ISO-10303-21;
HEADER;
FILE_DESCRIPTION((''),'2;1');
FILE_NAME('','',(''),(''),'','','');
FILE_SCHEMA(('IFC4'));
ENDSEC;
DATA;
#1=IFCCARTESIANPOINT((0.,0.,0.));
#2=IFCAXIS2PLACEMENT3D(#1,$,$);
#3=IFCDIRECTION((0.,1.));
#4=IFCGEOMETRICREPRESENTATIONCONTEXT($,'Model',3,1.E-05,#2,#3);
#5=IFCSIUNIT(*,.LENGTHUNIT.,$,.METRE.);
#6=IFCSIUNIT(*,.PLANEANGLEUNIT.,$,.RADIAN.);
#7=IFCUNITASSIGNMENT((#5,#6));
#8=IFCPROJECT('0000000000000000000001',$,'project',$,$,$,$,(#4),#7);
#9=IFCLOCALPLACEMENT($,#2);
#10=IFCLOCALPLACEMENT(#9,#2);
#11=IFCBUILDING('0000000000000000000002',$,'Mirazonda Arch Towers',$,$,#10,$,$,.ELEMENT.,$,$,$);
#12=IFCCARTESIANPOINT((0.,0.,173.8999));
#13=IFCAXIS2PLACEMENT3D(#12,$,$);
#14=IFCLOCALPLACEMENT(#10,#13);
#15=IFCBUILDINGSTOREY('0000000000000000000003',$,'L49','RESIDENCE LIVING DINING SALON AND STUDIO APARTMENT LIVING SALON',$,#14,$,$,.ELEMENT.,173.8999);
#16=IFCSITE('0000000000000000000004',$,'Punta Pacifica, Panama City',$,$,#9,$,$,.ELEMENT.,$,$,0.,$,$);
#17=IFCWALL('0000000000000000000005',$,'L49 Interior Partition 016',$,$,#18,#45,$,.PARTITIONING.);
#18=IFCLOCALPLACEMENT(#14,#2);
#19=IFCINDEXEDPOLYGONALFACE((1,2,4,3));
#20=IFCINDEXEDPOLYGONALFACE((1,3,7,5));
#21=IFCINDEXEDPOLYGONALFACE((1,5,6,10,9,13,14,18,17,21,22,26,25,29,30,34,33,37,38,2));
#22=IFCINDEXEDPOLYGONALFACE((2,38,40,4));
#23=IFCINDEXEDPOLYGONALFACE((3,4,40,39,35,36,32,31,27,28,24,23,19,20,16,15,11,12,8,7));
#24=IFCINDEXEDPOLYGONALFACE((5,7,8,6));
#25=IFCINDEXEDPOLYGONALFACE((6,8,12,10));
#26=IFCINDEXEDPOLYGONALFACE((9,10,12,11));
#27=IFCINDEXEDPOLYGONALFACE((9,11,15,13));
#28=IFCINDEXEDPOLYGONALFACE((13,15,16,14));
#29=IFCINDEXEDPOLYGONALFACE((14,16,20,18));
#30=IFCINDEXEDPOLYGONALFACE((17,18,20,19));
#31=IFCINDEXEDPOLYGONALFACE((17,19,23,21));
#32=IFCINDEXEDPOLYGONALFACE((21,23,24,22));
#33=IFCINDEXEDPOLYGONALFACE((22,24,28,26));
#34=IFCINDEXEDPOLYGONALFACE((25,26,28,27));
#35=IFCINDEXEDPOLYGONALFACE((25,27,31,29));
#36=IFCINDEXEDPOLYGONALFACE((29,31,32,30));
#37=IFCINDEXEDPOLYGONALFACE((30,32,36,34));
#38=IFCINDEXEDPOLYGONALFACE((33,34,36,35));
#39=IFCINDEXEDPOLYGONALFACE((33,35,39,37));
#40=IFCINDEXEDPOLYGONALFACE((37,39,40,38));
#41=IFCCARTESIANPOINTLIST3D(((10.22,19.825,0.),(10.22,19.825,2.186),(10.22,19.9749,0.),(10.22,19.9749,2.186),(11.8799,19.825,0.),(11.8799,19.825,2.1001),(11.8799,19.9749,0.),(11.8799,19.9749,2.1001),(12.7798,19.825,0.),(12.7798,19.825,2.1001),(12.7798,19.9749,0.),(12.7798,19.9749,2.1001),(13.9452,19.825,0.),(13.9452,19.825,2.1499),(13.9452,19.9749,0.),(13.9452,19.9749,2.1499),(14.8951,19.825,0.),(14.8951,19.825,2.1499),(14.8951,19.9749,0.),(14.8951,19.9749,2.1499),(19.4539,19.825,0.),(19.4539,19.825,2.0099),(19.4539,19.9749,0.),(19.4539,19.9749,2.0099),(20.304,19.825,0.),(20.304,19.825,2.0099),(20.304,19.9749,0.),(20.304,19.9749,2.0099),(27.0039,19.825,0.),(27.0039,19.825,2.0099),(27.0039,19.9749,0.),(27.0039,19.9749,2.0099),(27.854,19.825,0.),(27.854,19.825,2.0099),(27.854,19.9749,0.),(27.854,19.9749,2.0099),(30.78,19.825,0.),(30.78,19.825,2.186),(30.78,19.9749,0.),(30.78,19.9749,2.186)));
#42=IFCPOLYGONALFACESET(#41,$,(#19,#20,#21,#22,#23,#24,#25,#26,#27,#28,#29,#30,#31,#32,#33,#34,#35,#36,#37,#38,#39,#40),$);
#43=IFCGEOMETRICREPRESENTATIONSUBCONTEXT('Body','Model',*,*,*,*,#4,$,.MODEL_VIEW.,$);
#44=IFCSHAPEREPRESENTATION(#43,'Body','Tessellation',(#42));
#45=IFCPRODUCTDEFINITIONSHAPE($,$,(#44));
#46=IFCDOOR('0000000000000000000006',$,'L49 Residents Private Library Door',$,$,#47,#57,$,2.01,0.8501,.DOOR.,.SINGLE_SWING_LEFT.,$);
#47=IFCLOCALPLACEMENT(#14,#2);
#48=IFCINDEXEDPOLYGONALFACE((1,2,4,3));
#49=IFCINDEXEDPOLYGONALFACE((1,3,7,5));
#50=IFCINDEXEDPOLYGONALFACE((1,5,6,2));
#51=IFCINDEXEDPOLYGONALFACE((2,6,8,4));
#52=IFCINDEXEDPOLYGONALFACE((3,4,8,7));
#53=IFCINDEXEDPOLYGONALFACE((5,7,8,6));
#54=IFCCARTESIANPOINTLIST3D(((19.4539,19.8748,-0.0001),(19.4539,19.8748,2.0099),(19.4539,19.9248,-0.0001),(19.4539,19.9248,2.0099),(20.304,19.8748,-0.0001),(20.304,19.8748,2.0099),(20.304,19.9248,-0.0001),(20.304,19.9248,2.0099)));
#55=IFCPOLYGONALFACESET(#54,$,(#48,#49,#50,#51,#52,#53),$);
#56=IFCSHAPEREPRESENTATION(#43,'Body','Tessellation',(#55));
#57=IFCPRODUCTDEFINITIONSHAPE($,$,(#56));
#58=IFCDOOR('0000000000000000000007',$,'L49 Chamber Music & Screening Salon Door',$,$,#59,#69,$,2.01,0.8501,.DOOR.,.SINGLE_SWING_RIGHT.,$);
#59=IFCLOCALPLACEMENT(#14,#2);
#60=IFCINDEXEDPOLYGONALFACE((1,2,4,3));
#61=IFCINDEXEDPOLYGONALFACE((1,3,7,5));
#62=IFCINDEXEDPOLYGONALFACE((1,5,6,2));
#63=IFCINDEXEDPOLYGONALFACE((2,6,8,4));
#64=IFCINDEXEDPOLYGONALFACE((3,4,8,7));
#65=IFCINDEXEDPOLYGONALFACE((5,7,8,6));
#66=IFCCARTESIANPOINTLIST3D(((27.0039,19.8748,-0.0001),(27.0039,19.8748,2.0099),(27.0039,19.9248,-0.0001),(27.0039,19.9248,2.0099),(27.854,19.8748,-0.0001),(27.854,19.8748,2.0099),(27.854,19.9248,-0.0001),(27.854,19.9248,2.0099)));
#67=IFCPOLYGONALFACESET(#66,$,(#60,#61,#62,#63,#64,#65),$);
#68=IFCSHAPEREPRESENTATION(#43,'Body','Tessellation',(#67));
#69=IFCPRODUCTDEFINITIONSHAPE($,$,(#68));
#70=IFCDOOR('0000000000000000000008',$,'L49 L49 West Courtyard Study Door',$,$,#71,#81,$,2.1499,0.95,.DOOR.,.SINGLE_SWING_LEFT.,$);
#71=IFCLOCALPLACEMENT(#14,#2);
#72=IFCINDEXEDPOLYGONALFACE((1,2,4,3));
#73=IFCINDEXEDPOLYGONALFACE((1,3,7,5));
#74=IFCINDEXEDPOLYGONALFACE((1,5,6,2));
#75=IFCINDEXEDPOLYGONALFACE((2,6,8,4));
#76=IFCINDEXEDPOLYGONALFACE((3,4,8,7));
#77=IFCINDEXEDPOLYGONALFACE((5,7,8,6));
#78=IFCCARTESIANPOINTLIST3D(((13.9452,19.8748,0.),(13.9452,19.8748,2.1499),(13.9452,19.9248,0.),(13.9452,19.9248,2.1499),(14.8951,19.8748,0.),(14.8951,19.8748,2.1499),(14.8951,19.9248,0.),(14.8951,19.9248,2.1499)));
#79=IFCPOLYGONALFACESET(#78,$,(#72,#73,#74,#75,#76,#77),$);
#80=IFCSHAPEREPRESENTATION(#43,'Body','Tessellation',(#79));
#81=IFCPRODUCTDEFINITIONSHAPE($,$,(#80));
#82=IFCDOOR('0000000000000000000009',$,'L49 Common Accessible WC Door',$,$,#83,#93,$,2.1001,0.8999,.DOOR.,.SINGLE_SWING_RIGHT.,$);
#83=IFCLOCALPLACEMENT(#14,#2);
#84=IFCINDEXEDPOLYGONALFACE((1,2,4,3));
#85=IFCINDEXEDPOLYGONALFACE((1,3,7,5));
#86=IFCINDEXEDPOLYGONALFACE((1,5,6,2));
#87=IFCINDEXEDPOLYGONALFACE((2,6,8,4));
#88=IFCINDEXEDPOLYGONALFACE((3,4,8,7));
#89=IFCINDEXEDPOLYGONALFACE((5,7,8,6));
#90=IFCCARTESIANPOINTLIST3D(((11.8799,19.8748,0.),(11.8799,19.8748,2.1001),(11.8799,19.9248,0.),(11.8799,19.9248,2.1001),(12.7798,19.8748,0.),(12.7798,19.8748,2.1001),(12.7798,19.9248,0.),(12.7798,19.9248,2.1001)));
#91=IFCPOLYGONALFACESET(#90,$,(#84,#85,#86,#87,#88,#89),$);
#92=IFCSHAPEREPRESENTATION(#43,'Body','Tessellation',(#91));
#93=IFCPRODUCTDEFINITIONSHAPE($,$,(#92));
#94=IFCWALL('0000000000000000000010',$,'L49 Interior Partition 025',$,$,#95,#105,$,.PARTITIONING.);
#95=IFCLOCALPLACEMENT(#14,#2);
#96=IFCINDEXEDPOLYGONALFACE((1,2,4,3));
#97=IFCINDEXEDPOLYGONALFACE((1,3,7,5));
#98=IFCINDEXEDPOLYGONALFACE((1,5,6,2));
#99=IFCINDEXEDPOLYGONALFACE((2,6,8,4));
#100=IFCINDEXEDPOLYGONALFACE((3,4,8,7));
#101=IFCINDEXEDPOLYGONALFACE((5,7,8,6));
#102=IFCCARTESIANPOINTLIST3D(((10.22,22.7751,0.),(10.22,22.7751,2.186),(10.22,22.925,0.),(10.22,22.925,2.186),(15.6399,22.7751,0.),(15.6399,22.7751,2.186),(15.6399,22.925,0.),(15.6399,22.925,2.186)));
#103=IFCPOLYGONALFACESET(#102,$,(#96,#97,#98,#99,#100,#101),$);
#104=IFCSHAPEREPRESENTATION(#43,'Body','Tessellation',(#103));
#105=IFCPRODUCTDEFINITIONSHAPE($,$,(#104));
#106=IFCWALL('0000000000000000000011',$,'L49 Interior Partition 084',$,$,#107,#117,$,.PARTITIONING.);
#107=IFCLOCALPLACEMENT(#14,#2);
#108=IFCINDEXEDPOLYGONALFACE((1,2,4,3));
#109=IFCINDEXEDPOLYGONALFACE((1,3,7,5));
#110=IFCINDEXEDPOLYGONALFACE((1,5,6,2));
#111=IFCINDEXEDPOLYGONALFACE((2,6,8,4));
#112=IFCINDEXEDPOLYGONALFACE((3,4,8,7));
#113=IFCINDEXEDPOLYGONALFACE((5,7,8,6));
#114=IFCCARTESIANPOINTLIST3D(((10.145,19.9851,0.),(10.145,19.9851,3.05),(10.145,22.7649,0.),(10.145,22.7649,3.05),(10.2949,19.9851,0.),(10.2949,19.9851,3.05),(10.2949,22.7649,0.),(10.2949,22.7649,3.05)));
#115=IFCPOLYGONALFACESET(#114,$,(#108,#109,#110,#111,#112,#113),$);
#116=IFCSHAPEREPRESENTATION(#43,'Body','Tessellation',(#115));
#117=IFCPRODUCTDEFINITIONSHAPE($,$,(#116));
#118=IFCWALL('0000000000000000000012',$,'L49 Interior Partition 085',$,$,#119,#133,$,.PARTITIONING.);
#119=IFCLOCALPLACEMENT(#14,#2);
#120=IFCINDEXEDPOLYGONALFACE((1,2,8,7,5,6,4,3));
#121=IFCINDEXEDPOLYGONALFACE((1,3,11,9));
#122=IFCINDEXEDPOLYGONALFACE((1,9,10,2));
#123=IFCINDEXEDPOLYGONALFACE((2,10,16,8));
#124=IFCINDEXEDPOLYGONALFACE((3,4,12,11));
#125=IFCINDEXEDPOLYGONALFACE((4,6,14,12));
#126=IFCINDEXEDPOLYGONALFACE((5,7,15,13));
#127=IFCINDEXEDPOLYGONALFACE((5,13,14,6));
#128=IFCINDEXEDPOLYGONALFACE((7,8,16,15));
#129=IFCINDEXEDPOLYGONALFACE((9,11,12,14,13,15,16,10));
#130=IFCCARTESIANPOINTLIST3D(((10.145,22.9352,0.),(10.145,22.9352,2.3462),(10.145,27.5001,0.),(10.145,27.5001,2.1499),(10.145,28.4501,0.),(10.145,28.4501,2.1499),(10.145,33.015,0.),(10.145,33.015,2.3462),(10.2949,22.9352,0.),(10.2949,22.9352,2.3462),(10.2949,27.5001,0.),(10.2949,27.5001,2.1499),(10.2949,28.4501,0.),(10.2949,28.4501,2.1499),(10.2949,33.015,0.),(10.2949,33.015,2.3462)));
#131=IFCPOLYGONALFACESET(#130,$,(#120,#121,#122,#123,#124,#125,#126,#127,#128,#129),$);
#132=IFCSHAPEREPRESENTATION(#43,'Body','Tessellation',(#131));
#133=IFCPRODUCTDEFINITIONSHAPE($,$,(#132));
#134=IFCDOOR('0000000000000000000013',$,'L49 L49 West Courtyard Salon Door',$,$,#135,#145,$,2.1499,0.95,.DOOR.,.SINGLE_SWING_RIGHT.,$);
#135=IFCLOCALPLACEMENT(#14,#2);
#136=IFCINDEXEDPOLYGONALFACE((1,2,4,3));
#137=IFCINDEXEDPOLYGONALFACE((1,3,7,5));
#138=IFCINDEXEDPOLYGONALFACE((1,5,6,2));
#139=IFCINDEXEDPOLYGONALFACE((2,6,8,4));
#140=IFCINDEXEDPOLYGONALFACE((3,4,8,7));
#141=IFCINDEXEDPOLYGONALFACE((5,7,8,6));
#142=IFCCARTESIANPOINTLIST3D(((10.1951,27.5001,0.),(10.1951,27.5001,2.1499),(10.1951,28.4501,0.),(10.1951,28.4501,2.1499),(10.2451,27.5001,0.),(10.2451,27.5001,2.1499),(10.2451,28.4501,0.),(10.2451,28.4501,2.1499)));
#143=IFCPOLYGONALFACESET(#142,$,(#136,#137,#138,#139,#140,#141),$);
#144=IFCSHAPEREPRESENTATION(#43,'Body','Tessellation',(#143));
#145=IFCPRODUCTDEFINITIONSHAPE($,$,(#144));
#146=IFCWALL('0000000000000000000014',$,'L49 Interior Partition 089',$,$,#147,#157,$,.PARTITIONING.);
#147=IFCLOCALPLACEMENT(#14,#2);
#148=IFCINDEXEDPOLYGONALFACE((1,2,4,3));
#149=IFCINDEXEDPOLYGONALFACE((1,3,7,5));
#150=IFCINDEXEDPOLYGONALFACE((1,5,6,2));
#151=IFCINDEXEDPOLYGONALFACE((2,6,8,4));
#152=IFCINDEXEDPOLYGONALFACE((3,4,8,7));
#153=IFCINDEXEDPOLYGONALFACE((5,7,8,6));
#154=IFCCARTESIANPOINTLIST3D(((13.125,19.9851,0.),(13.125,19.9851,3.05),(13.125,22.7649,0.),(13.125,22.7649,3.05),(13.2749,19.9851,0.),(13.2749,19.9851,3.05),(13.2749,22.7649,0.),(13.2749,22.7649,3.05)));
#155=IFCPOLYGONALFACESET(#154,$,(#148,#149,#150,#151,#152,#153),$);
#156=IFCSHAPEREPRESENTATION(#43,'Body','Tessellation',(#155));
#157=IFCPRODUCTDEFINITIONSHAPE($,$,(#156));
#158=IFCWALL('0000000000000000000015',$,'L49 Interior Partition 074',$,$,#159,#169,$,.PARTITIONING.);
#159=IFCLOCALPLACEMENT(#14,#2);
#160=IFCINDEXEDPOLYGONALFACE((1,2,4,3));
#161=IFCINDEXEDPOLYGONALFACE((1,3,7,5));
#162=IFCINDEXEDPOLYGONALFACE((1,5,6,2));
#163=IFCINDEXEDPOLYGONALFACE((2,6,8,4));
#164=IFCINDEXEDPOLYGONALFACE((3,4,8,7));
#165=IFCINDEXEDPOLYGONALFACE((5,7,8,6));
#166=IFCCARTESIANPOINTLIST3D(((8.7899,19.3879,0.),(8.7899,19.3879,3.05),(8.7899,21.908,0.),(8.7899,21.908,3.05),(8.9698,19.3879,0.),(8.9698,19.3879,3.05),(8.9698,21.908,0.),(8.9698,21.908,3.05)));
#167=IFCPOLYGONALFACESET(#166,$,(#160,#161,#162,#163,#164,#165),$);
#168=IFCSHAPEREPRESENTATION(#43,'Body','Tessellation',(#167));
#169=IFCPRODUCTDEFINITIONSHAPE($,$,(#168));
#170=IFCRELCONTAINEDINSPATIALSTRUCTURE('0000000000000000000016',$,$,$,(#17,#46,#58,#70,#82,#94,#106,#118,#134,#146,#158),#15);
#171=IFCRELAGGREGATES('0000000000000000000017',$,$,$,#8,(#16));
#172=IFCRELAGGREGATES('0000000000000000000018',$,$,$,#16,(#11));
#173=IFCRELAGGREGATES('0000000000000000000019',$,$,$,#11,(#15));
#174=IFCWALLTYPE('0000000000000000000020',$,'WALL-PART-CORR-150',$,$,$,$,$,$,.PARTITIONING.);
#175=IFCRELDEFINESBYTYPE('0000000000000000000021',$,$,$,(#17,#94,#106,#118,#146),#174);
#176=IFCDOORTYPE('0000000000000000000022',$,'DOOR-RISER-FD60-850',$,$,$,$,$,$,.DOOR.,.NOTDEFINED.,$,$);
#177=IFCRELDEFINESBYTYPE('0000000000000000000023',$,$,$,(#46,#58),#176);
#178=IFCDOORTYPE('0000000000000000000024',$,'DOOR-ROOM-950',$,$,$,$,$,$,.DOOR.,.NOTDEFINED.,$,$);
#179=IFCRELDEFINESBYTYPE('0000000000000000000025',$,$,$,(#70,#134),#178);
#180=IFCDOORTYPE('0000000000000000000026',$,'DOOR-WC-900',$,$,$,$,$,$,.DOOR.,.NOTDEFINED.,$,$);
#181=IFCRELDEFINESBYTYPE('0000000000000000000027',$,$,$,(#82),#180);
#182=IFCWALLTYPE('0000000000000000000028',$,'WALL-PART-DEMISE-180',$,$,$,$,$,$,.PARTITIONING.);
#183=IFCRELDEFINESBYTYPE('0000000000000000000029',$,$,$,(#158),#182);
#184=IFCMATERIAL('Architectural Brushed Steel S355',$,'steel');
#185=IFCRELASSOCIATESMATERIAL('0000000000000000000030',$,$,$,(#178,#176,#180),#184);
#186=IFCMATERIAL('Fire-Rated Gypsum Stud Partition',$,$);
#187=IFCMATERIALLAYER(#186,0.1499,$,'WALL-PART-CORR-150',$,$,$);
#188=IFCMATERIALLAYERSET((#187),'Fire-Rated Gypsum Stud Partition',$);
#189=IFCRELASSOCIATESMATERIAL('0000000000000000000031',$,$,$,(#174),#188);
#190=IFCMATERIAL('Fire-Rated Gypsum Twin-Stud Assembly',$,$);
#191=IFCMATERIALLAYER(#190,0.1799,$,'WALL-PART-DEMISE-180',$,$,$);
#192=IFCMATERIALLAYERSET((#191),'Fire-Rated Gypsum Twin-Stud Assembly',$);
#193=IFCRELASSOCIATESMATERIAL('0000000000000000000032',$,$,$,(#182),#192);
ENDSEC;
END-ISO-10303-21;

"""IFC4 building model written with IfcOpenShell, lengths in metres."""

from ifc_helpers import new_model, si_unit, direction, frame, frame_2d, origin, place, context, subcontext, project, spatial, rectangle, extrude, material, layer, layer_set, type_object, element, fill, save


model = new_model("IFC4")

# Units and contexts
model_context = context("Model", 3, precision=1e-05, world=origin(), true_north=direction((0.0, 1.0)))
body_context = subcontext(model_context, "Body", "Model", "MODEL_VIEW")
ifc_project = project(units=[si_unit("LENGTHUNIT", "METRE"), si_unit("PLANEANGLEUNIT", "RADIAN")], contexts=[model_context])

# Site, building, storey
site_placement = place(None, origin())
site = spatial("IfcSite", under=ifc_project, at=site_placement, Name="Punta Pacifica, Panama City", CompositionType="ELEMENT", RefElevation=0.0)
building_placement = place(site_placement, origin())
building = spatial("IfcBuilding", under=site, at=building_placement, Name="Mirazonda Arch Towers", CompositionType="ELEMENT")
storey_placement = place(building_placement, frame((0.0, 0.0, 173.8999)))
storey = spatial("IfcBuildingStorey", under=building, at=storey_placement, Name="L49", Description="RESIDENCE LIVING DINING SALON AND STUDIO APARTMENT LIVING SALON", CompositionType="ELEMENT", Elevation=173.8999)

# Shared definitions
ifc_material_1 = material(Name="Architectural Brushed Steel S355", Category="steel")

# Shared definitions
door_type_1 = type_object("IfcDoorType", Name="DOOR-ROOM-950", OperationType="NOTDEFINED", PredefinedType="DOOR", material=ifc_material_1)

# Shared definitions
ifc_material_2 = material(Name="Fire-Rated Gypsum Stud Partition")
ifc_layer_1 = layer(ifc_material_2, 0.1499, Name="WALL-PART-CORR-150")
ifc_layer_set_1 = layer_set([ifc_layer_1], Name="Fire-Rated Gypsum Stud Partition")
wall_type_1 = type_object("IfcWallType", Name="WALL-PART-CORR-150", PredefinedType="PARTITIONING", material=ifc_layer_set_1)

# Wall, openings, doors
wall_1_placement = place(storey_placement, frame((10.22, 19.8999, 0.0), z_axis=(0.0, 0.0, 1.0), x_axis=(1.0, 0.0, 0.0)))
wall_1 = element("IfcWall", 1, at=wall_1_placement, inside=storey, type_object=wall_type_1, Name="L49 Interior Partition 016", PredefinedType="PARTITIONING", context=body_context, shape_type="SweptSolid", body=[
    extrude(rectangle(XDim=20.5601, YDim=0.1499, at=frame_2d((10.28, 0.0))), origin(), (0.0, 0.0, 1.0), 2.186),
])
opening_1_placement = place(wall_1_placement, frame((1.6599, 0.0, 0.0)))
opening_1 = element("IfcOpeningElement", 2, at=opening_1_placement, cuts=wall_1, PredefinedType="OPENING", context=body_context, shape_type="SweptSolid", body=[
    extrude(rectangle(XDim=0.8999, YDim=2.1001, at=frame_2d((0.45, 1.05))), frame((0.0, 0.085, 0.0), z_axis=(0.0, -1.0, 0.0), x_axis=(1.0, 0.0, 0.0)), (0.0, 0.0, 1.0), 0.1699),
])
opening_2_placement = place(wall_1_placement, frame((3.7251, 0.0, 0.0)))
opening_2 = element("IfcOpeningElement", 3, at=opening_2_placement, cuts=wall_1, PredefinedType="OPENING", context=body_context, shape_type="SweptSolid", body=[
    extrude(rectangle(XDim=0.95, YDim=2.1499, at=frame_2d((0.4751, 1.075))), frame((0.0, 0.085, 0.0), z_axis=(0.0, -1.0, 0.0), x_axis=(1.0, 0.0, 0.0)), (0.0, 0.0, 1.0), 0.1699),
])
opening_3_placement = place(wall_1_placement, frame((9.2339, 0.0, 0.0)))
opening_3 = element("IfcOpeningElement", 4, at=opening_3_placement, cuts=wall_1, PredefinedType="OPENING", context=body_context, shape_type="SweptSolid", body=[
    extrude(rectangle(XDim=0.8501, YDim=2.01, at=frame_2d((0.425, 1.0049))), frame((0.0, 0.085, 0.0), z_axis=(0.0, -1.0, 0.0), x_axis=(1.0, 0.0, 0.0)), (0.0, 0.0, 1.0), 0.1699),
])
opening_4_placement = place(wall_1_placement, frame((16.7839, 0.0, 0.0)))
opening_4 = element("IfcOpeningElement", 5, at=opening_4_placement, cuts=wall_1, PredefinedType="OPENING", context=body_context, shape_type="SweptSolid", body=[
    extrude(rectangle(XDim=0.8501, YDim=2.01, at=frame_2d((0.425, 1.0049))), frame((0.0, 0.085, 0.0), z_axis=(0.0, -1.0, 0.0), x_axis=(1.0, 0.0, 0.0)), (0.0, 0.0, 1.0), 0.1699),
])
door_type_2 = type_object("IfcDoorType", Name="DOOR-RISER-FD60-850", OperationType="NOTDEFINED", PredefinedType="DOOR", material=ifc_material_1)
door_1_placement = place(opening_3_placement, origin())
door_1 = element("IfcDoor", 6, at=door_1_placement, inside=storey, type_object=door_type_2, Name="L49 Residents Private Library Door", OperationType="SINGLE_SWING_LEFT", OverallHeight=2.01, OverallWidth=0.8501, PredefinedType="DOOR", context=body_context, shape_type="SweptSolid", body=[
    extrude(rectangle(XDim=0.8501, YDim=2.01, at=frame_2d((0.425, 1.0049))), frame((0.0, 0.0249, 0.0), z_axis=(0.0, -1.0, 0.0), x_axis=(1.0, 0.0, 0.0)), (0.0, 0.0, 1.0), 0.05),
])
fill(opening_3, door_1)
door_2_placement = place(opening_4_placement, origin())
door_2 = element("IfcDoor", 7, at=door_2_placement, inside=storey, type_object=door_type_2, Name="L49 Chamber Music & Screening Salon Door", OperationType="SINGLE_SWING_RIGHT", OverallHeight=2.01, OverallWidth=0.8501, PredefinedType="DOOR", context=body_context, shape_type="SweptSolid", body=[
    extrude(rectangle(XDim=0.8501, YDim=2.01, at=frame_2d((0.425, 1.0049))), frame((0.0, 0.0249, 0.0), z_axis=(0.0, -1.0, 0.0), x_axis=(1.0, 0.0, 0.0)), (0.0, 0.0, 1.0), 0.05),
])
fill(opening_4, door_2)
door_3_placement = place(opening_2_placement, origin())
door_3 = element("IfcDoor", 8, at=door_3_placement, inside=storey, type_object=door_type_1, Name="L49 L49 West Courtyard Study Door", OperationType="SINGLE_SWING_LEFT", OverallHeight=2.1499, OverallWidth=0.95, PredefinedType="DOOR", context=body_context, shape_type="SweptSolid", body=[
    extrude(rectangle(XDim=0.95, YDim=2.1499, at=frame_2d((0.4751, 1.075))), frame((0.0, 0.0249, 0.0), z_axis=(0.0, -1.0, 0.0), x_axis=(1.0, 0.0, 0.0)), (0.0, 0.0, 1.0), 0.05),
])
fill(opening_2, door_3)
door_type_3 = type_object("IfcDoorType", Name="DOOR-WC-900", OperationType="NOTDEFINED", PredefinedType="DOOR", material=ifc_material_1)
door_4_placement = place(opening_1_placement, origin())
door_4 = element("IfcDoor", 9, at=door_4_placement, inside=storey, type_object=door_type_3, Name="L49 Common Accessible WC Door", OperationType="SINGLE_SWING_RIGHT", OverallHeight=2.1001, OverallWidth=0.8999, PredefinedType="DOOR", context=body_context, shape_type="SweptSolid", body=[
    extrude(rectangle(XDim=0.8999, YDim=2.1001, at=frame_2d((0.45, 1.05))), frame((0.0, 0.0249, 0.0), z_axis=(0.0, -1.0, 0.0), x_axis=(1.0, 0.0, 0.0)), (0.0, 0.0, 1.0), 0.05),
])
fill(opening_1, door_4)

# Walls
wall_2_placement = place(storey_placement, frame((10.22, 22.8501, 0.0), z_axis=(0.0, 0.0, 1.0), x_axis=(1.0, 0.0, 0.0)))
element("IfcWall", 10, at=wall_2_placement, inside=storey, type_object=wall_type_1, Name="L49 Interior Partition 025", PredefinedType="PARTITIONING", context=body_context, shape_type="SweptSolid", body=[
    extrude(rectangle(XDim=5.4199, YDim=0.1499, at=frame_2d((2.71, 0.0))), origin(), (0.0, 0.0, 1.0), 2.186),
])
wall_3_placement = place(storey_placement, frame((10.22, 19.9851, 0.0), z_axis=(0.0, 0.0, 1.0), x_axis=(0.0, 1.0, 0.0)))
element("IfcWall", 11, at=wall_3_placement, inside=storey, type_object=wall_type_1, Name="L49 Interior Partition 084", PredefinedType="PARTITIONING", context=body_context, shape_type="SweptSolid", body=[
    extrude(rectangle(XDim=2.7798, YDim=0.1499, at=frame_2d((1.3899, 0.0))), origin(), (0.0, 0.0, 1.0), 3.05),
])

# Wall, opening, door
wall_4_placement = place(storey_placement, frame((10.22, 22.9351, 0.0), z_axis=(0.0, 0.0, 1.0), x_axis=(0.0, 1.0, 0.0)))
wall_4 = element("IfcWall", 12, at=wall_4_placement, inside=storey, type_object=wall_type_1, Name="L49 Interior Partition 085", PredefinedType="PARTITIONING", context=body_context, shape_type="SweptSolid", body=[
    extrude(rectangle(XDim=10.0798, YDim=0.1499, at=frame_2d((5.04, 0.0))), origin(), (0.0, 0.0, 1.0), 2.3462),
])
opening_5_placement = place(wall_4_placement, frame((4.5649, 0.0, 0.0)))
opening_5 = element("IfcOpeningElement", 13, at=opening_5_placement, cuts=wall_4, PredefinedType="OPENING", context=body_context, shape_type="SweptSolid", body=[
    extrude(rectangle(XDim=0.95, YDim=2.1499, at=frame_2d((0.4751, 1.075))), frame((0.0, 0.085, 0.0), z_axis=(0.0, -1.0, 0.0), x_axis=(1.0, 0.0, 0.0)), (0.0, 0.0, 1.0), 0.1699),
])
door_5_placement = place(opening_5_placement, origin())
door_5 = element("IfcDoor", 14, at=door_5_placement, inside=storey, type_object=door_type_1, Name="L49 L49 West Courtyard Salon Door", OperationType="SINGLE_SWING_RIGHT", OverallHeight=2.1499, OverallWidth=0.95, PredefinedType="DOOR", context=body_context, shape_type="SweptSolid", body=[
    extrude(rectangle(XDim=0.95, YDim=2.1499, at=frame_2d((0.4751, 1.075))), frame((0.0, 0.0249, 0.0), z_axis=(0.0, -1.0, 0.0), x_axis=(1.0, 0.0, 0.0)), (0.0, 0.0, 1.0), 0.05),
])
fill(opening_5, door_5)

# Walls
wall_5_placement = place(storey_placement, frame((13.2, 19.9851, 0.0), z_axis=(0.0, 0.0, 1.0), x_axis=(0.0, 1.0, 0.0)))
element("IfcWall", 15, at=wall_5_placement, inside=storey, type_object=wall_type_1, Name="L49 Interior Partition 089", PredefinedType="PARTITIONING", context=body_context, shape_type="SweptSolid", body=[
    extrude(rectangle(XDim=2.7798, YDim=0.1499, at=frame_2d((1.3899, 0.0))), origin(), (0.0, 0.0, 1.0), 3.05),
])
ifc_material_3 = material(Name="Fire-Rated Gypsum Twin-Stud Assembly")
ifc_layer_2 = layer(ifc_material_3, 0.1799, Name="WALL-PART-DEMISE-180")
ifc_layer_set_2 = layer_set([ifc_layer_2], Name="Fire-Rated Gypsum Twin-Stud Assembly")
wall_type_2 = type_object("IfcWallType", Name="WALL-PART-DEMISE-180", PredefinedType="PARTITIONING", material=ifc_layer_set_2)
wall_6_placement = place(storey_placement, frame((8.8799, 19.3879, 0.0), z_axis=(0.0, 0.0, 1.0), x_axis=(0.0, 1.0, 0.0)))
element("IfcWall", 16, at=wall_6_placement, inside=storey, type_object=wall_type_2, Name="L49 Interior Partition 074", PredefinedType="PARTITIONING", context=body_context, shape_type="SweptSolid", body=[
    extrude(rectangle(XDim=2.52, YDim=0.1799, at=frame_2d((1.26, 0.0))), origin(), (0.0, 0.0, 1.0), 3.05),
])

save(model, "model.ifc")
